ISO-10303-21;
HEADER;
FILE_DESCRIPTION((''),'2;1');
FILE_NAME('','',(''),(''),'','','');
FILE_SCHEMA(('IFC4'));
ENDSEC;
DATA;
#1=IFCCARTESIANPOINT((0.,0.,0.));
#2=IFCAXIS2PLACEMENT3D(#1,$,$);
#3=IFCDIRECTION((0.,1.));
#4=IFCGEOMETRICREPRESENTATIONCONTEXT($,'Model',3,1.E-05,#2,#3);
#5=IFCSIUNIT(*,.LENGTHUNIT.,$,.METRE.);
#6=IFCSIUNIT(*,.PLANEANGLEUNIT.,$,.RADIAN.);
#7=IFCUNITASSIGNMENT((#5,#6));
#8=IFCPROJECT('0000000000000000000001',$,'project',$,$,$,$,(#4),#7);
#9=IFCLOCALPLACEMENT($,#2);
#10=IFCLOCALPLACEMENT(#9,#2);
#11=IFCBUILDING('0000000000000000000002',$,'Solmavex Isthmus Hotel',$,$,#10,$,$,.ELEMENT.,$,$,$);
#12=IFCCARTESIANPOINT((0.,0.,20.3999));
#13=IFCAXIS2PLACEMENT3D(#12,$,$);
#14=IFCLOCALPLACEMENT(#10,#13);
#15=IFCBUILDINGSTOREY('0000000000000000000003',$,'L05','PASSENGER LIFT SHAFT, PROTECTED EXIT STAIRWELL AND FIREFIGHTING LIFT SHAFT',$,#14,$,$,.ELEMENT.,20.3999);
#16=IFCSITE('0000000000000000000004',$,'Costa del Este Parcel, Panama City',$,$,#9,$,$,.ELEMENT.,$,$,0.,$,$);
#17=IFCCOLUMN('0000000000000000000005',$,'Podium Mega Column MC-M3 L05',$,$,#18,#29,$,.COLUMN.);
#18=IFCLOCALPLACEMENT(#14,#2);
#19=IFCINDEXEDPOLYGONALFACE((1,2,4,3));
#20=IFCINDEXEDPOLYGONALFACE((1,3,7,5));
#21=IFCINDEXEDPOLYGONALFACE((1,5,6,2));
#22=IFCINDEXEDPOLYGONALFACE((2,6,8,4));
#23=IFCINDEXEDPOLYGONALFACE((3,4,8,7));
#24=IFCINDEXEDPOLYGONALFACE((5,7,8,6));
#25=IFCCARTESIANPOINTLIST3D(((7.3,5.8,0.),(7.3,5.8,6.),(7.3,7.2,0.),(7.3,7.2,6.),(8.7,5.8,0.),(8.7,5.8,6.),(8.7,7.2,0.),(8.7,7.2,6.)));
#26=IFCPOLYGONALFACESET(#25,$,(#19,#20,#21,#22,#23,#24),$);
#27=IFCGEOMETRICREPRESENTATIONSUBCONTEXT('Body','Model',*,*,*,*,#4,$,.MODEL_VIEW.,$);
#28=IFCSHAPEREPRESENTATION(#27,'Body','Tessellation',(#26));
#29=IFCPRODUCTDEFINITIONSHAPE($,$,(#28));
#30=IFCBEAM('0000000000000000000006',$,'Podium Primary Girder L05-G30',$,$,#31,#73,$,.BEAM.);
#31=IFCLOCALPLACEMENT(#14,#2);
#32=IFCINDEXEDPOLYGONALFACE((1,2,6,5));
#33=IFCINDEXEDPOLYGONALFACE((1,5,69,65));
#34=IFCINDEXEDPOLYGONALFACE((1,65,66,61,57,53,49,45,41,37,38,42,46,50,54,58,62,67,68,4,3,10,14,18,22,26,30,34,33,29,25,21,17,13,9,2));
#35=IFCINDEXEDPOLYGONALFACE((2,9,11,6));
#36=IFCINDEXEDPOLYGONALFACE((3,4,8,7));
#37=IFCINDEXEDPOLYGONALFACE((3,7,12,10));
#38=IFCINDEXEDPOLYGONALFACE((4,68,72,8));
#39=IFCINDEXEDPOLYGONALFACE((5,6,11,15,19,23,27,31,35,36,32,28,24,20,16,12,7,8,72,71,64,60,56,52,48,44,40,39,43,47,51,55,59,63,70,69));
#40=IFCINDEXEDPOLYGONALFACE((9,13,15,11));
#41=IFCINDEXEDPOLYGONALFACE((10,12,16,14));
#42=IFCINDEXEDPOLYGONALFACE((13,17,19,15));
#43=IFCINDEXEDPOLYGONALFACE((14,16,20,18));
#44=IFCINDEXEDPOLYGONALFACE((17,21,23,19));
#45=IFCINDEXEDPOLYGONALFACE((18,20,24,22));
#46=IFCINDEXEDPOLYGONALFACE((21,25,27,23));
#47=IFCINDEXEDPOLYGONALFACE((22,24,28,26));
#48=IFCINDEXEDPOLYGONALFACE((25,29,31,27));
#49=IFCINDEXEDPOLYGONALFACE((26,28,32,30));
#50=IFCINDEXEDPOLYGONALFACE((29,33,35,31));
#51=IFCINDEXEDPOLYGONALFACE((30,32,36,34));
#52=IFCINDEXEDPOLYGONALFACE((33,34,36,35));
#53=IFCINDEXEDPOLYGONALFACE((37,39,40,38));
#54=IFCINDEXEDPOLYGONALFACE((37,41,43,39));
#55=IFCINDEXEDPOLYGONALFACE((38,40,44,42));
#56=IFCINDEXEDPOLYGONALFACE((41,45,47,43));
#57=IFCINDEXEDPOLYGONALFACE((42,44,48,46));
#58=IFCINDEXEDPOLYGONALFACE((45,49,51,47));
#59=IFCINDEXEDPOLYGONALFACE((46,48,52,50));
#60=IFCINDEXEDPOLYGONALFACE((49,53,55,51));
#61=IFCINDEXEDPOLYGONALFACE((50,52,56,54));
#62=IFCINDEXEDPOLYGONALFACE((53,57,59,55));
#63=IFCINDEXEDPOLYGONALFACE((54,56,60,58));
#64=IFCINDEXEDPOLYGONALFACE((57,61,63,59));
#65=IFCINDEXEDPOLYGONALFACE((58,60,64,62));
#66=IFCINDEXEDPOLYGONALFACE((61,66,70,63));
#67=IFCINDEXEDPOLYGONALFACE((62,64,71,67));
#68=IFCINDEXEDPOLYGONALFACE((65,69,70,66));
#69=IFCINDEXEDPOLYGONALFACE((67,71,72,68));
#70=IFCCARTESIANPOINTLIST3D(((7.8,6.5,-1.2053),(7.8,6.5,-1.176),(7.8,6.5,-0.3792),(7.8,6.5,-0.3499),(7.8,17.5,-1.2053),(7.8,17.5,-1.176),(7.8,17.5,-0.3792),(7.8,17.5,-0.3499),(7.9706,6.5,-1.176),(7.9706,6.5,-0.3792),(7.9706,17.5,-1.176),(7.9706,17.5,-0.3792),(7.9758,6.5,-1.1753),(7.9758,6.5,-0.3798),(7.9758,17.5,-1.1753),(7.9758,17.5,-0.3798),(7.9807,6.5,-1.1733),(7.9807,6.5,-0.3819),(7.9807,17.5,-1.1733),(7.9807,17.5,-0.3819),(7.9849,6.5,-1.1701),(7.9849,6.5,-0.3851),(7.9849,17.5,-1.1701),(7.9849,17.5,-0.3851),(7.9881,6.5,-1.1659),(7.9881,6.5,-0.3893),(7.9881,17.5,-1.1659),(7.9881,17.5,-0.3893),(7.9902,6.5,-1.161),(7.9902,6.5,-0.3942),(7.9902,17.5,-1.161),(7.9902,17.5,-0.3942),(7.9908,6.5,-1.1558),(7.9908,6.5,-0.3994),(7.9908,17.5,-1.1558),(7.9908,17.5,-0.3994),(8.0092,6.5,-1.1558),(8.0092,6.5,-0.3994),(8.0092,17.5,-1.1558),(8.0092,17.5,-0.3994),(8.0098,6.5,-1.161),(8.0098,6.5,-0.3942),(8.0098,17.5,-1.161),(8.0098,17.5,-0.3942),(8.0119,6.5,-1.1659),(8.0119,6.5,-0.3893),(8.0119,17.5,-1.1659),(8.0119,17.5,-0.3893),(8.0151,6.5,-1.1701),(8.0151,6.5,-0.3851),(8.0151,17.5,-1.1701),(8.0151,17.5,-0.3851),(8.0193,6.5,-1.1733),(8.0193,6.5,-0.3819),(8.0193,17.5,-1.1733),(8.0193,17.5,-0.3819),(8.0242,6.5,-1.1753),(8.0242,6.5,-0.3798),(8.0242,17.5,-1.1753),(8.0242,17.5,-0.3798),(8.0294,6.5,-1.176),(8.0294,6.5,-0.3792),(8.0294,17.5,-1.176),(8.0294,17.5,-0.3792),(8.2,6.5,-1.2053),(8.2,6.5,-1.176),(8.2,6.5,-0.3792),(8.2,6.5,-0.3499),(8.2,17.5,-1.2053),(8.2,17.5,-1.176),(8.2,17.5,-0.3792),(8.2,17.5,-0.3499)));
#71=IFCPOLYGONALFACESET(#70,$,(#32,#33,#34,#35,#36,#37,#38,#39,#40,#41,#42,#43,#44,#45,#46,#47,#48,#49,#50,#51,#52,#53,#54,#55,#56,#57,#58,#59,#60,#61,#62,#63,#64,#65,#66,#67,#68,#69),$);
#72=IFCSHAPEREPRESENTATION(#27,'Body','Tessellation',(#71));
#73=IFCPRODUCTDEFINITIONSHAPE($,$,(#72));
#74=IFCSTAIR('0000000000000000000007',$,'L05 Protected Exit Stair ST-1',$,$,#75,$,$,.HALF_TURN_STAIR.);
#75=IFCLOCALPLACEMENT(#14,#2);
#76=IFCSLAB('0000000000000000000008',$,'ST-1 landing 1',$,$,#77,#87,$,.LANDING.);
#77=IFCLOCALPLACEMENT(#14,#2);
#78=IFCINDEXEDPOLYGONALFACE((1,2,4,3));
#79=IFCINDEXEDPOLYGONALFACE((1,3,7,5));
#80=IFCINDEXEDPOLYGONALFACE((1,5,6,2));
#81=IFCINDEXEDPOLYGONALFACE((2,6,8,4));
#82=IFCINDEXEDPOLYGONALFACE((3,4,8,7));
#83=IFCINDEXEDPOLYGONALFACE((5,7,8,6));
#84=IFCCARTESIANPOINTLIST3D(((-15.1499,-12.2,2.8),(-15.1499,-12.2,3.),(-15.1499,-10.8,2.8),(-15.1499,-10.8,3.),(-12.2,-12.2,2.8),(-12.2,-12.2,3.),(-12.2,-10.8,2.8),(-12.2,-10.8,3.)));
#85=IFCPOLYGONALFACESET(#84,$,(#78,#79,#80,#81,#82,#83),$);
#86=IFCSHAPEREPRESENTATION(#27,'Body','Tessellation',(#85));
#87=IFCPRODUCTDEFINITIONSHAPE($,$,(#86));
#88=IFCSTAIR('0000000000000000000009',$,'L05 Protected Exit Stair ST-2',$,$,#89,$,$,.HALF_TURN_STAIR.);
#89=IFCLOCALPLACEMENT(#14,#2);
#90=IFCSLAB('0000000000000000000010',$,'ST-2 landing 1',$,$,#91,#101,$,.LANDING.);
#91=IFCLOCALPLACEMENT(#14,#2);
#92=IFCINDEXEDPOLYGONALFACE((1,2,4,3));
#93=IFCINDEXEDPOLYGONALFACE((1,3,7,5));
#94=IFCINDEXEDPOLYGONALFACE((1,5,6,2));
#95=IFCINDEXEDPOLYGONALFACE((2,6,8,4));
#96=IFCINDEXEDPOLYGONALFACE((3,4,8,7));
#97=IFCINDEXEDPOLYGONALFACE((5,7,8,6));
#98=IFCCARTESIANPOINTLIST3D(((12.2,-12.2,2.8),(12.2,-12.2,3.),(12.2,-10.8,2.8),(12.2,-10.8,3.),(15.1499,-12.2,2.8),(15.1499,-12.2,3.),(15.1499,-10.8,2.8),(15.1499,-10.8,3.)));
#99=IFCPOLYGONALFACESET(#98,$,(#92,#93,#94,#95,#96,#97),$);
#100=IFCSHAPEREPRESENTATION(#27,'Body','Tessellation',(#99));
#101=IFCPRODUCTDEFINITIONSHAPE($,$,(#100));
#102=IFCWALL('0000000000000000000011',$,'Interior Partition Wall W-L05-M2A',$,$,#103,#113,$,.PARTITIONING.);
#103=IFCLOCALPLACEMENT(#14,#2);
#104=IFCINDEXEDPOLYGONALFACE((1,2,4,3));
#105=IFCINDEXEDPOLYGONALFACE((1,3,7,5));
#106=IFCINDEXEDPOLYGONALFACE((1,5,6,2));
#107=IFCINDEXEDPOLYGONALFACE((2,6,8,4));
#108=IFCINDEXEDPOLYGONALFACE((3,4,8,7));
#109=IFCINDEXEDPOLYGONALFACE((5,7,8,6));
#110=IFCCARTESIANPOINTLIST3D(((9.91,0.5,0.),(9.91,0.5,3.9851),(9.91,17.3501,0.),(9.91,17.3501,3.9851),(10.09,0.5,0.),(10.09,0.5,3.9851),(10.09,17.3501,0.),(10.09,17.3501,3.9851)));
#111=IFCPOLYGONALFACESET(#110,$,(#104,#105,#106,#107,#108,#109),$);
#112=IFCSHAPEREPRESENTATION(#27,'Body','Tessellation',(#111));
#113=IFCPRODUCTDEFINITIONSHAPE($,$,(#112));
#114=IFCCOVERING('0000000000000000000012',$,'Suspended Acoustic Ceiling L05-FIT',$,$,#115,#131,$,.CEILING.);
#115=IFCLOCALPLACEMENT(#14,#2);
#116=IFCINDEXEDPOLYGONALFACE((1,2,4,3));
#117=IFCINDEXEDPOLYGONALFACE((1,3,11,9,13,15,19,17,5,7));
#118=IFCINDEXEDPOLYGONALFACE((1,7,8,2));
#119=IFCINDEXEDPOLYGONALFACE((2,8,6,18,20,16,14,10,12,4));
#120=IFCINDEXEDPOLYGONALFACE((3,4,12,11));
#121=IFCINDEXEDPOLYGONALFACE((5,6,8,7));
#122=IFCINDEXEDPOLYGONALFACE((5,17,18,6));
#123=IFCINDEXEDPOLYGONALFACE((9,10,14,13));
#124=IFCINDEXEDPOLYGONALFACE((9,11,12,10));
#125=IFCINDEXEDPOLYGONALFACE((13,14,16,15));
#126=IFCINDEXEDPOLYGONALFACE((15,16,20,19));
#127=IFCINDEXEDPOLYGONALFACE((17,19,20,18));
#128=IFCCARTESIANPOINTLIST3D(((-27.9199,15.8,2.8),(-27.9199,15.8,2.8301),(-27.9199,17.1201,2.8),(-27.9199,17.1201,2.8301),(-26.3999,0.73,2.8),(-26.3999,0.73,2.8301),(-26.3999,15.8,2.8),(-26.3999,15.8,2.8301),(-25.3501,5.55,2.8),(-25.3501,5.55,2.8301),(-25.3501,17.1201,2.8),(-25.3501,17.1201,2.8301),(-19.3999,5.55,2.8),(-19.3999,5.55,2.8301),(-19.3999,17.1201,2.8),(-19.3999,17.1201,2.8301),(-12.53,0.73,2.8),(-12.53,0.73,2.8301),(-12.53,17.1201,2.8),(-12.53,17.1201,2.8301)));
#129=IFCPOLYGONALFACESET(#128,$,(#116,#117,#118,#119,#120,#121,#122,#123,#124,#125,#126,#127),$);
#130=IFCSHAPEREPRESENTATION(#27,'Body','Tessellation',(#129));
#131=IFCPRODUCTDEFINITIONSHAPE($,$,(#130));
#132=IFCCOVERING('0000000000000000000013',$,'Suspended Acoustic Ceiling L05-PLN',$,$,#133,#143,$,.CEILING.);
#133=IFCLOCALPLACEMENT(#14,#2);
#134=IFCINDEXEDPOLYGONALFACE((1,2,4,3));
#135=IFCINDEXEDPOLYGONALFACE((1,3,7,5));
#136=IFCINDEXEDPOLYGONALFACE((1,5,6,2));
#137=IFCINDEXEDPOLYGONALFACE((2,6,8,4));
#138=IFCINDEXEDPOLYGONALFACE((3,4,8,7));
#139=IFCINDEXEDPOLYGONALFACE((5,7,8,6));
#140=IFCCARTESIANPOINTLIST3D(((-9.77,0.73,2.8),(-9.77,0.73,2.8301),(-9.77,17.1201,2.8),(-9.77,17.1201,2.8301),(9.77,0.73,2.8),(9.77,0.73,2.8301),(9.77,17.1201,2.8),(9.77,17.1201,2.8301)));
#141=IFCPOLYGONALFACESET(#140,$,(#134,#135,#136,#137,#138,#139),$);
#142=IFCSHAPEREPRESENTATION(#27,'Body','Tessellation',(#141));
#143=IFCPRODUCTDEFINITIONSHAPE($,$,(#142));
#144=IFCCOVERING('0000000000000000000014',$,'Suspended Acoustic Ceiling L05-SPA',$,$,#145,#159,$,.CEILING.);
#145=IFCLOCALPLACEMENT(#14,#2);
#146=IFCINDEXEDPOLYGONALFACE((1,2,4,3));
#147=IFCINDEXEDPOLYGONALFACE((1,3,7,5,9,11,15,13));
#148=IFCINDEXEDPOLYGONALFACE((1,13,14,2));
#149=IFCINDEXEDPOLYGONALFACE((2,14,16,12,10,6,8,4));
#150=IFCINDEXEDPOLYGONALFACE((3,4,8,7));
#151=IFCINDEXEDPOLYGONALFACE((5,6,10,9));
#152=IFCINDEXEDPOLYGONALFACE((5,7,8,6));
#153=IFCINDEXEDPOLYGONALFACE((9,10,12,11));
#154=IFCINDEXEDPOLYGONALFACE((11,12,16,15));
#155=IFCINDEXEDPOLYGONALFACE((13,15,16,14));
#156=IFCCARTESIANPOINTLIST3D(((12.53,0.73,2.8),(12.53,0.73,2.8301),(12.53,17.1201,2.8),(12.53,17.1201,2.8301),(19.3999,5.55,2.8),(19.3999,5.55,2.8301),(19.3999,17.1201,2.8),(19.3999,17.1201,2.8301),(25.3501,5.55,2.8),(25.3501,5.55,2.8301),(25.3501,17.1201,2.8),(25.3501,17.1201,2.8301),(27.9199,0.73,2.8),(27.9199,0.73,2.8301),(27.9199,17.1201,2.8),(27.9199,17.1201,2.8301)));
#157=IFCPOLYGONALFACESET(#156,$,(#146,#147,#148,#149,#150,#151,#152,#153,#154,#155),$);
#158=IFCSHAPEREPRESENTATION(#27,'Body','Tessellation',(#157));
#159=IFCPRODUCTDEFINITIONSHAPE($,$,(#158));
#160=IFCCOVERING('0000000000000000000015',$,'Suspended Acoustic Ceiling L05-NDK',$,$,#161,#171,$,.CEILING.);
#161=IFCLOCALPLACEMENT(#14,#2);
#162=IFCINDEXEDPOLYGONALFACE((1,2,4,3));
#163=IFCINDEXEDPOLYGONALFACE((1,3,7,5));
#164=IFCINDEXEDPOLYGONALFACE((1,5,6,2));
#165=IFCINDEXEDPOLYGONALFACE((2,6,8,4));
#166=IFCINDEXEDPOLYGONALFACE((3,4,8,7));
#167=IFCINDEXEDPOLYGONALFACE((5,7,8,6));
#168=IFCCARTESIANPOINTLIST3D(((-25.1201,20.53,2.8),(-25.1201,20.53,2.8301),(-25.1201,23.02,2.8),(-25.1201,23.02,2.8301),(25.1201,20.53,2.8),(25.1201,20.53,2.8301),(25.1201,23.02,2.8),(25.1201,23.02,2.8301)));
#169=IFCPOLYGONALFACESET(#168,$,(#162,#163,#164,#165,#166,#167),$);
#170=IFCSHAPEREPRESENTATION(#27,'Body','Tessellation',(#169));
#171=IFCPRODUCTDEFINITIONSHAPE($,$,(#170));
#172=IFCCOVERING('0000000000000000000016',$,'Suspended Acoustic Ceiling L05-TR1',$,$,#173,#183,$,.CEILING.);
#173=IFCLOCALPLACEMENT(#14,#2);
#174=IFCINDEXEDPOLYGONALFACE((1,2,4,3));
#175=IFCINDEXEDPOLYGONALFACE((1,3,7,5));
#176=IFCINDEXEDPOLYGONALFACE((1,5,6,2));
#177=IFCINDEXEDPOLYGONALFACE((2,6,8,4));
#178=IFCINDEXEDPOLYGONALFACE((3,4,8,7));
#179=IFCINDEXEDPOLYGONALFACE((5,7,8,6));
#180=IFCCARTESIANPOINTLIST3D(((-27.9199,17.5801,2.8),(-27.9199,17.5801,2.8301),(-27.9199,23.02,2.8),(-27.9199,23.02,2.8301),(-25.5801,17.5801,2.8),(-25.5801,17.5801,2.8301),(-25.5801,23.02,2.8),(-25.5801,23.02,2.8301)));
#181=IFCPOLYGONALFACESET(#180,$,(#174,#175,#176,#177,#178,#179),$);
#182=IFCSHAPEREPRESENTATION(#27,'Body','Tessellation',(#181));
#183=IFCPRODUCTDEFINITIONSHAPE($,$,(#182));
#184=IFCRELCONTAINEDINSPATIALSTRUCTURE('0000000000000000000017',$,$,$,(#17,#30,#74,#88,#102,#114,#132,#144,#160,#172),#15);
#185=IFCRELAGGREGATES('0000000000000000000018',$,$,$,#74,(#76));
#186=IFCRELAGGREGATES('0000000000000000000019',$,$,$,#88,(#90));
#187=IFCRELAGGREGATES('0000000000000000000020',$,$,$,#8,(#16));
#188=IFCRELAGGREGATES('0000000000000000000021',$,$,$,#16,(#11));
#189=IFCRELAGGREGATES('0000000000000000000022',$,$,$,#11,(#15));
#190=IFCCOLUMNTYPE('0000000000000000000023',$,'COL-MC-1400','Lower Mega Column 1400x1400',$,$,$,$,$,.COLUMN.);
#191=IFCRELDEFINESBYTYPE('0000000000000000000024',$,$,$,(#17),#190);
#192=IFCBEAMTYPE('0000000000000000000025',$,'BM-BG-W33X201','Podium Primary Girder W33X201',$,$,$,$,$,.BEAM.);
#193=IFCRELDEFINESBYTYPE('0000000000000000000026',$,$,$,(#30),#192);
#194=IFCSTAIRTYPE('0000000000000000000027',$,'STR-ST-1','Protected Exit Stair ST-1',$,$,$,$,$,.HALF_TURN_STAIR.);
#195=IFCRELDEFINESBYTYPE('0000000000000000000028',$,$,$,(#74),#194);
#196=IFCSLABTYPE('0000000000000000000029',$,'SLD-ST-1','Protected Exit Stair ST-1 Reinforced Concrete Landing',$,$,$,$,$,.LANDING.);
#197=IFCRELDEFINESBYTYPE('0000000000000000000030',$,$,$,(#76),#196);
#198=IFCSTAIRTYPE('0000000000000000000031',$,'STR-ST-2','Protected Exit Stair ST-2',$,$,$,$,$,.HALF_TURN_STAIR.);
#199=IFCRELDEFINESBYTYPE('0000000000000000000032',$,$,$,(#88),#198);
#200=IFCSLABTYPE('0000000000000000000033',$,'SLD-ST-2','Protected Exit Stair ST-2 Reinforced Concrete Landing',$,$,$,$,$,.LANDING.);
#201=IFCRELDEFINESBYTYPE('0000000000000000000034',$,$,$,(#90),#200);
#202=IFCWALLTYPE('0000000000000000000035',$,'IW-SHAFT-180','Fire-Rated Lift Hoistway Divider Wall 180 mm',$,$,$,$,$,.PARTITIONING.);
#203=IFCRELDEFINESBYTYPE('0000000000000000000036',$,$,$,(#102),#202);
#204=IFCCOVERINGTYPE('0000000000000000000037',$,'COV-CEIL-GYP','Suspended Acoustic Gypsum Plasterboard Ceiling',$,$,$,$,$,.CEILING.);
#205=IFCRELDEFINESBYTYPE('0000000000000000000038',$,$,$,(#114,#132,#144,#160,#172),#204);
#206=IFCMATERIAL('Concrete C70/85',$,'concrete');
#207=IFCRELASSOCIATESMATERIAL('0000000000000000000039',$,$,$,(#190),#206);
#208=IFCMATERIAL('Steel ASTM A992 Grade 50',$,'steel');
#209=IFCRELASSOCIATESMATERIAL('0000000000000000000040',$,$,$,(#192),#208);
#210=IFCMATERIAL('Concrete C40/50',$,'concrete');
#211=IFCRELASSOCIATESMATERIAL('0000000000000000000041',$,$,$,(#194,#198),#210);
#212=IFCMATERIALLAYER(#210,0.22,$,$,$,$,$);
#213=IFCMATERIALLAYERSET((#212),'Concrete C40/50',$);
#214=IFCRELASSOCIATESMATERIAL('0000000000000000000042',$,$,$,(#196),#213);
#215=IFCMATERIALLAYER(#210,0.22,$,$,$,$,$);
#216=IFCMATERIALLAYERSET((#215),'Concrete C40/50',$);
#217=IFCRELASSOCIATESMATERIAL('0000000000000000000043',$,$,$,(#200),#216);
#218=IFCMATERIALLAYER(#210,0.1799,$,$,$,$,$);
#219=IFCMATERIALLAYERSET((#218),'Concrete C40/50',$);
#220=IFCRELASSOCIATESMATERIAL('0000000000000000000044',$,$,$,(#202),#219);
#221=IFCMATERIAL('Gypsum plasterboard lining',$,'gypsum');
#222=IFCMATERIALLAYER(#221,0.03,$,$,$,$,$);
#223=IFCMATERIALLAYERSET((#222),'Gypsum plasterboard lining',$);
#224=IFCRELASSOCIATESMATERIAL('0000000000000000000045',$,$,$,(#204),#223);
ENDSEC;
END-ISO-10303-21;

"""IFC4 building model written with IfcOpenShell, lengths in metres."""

from ifc_helpers import new_model, si_unit, direction, frame, frame_2d, origin, origin_2d, place, context, subcontext, project, spatial, polyline, rectangle, i_section, outline, extrude, material, layer, layer_set, material_profile, profile_set, type_object, element, aggregate, save


model = new_model("IFC4")

# Units and contexts
model_context = context("Model", 3, precision=1e-05, world=origin(), true_north=direction((0.0, 1.0)))
body_context = subcontext(model_context, "Body", "Model", "MODEL_VIEW")
ifc_project = project(units=[si_unit("LENGTHUNIT", "METRE"), si_unit("PLANEANGLEUNIT", "RADIAN")], contexts=[model_context])

# Site, building, storey
site_placement = place(None, origin())
site = spatial("IfcSite", under=ifc_project, at=site_placement, Name="Costa del Este Parcel, Panama City", CompositionType="ELEMENT", RefElevation=0.0)
building_placement = place(site_placement, origin())
building = spatial("IfcBuilding", under=site, at=building_placement, Name="Solmavex Isthmus Hotel", CompositionType="ELEMENT")
storey_placement = place(building_placement, frame((0.0, 0.0, 20.3999)))
storey = spatial("IfcBuildingStorey", under=building, at=storey_placement, Name="L05", Description="PASSENGER LIFT SHAFT, PROTECTED EXIT STAIRWELL AND FIREFIGHTING LIFT SHAFT", CompositionType="ELEMENT", Elevation=20.3999)

# Column
ifc_material_1 = material(Name="Concrete C70/85", Category="concrete")
ifc_material_profile_1 = material_profile(ifc_material_1, rectangle(XDim=1.3999, YDim=1.3999, at=origin_2d()), Name="RC1400X1400")
ifc_profile_set_1 = profile_set([ifc_material_profile_1], Name="Concrete C70/85")
column_type = type_object("IfcColumnType", Name="COL-MC-1400", Description="Lower Mega Column 1400x1400", PredefinedType="COLUMN", material=ifc_profile_set_1)
column_placement = place(storey_placement, frame((8.0, 6.5, 0.0), z_axis=(0.0, 0.0, 1.0), x_axis=(1.0, 0.0, 0.0)))
element("IfcColumn", 1, at=column_placement, inside=storey, type_object=column_type, Name="Podium Mega Column MC-M3 L05", PredefinedType="COLUMN", context=body_context, shape_type="SweptSolid", body=[
    extrude(rectangle(XDim=1.3999, YDim=1.3999, at=origin_2d()), origin(), (0.0, 0.0, 1.0), 6.0),
])

# Beam
ifc_material_2 = material(Name="Steel ASTM A992 Grade 50", Category="steel")
ifc_material_profile_2 = material_profile(ifc_material_2, i_section(OverallWidth=0.3999, OverallDepth=0.8555, WebThickness=0.0183, FlangeThickness=0.0293, FilletRadius=0.0203, at=origin_2d()), Name="W33X201")
ifc_profile_set_2 = profile_set([ifc_material_profile_2], Name="Steel ASTM A992 Grade 50")
beam_type = type_object("IfcBeamType", Name="BM-BG-W33X201", Description="Podium Primary Girder W33X201", PredefinedType="BEAM", material=ifc_profile_set_2)
beam_placement = place(storey_placement, frame((8.0, 6.5, -0.7776), z_axis=(0.0, 1.0, 0.0), x_axis=(-1.0, 0.0, 0.0)))
element("IfcBeam", 2, at=beam_placement, inside=storey, type_object=beam_type, Name="Podium Primary Girder L05-G30", PredefinedType="BEAM", context=body_context, shape_type="SweptSolid", body=[
    extrude(i_section(OverallWidth=0.3999, OverallDepth=0.8555, WebThickness=0.0183, FlangeThickness=0.0293, FilletRadius=0.0203, at=origin_2d()), origin(), (0.0, 0.0, 1.0), 11.0),
])

# Shared definitions
ifc_material_3 = material(Name="Concrete C40/50", Category="concrete")

# Stairs, slabs
stair_type_1 = type_object("IfcStairType", Name="STR-ST-1", Description="Protected Exit Stair ST-1", PredefinedType="HALF_TURN_STAIR", material=ifc_material_3)
stair_1_placement = place(storey_placement, origin())
stair_1 = element("IfcStair", 3, at=stair_1_placement, inside=storey, type_object=stair_type_1, Name="L05 Protected Exit Stair ST-1", PredefinedType="HALF_TURN_STAIR")
ifc_layer_1 = layer(ifc_material_3, 0.22)
ifc_layer_set_1 = layer_set([ifc_layer_1], Name="Concrete C40/50")
slab_type_1 = type_object("IfcSlabType", Name="SLD-ST-1", Description="Protected Exit Stair ST-1 Reinforced Concrete Landing", PredefinedType="LANDING", material=ifc_layer_set_1)
slab_1_placement = place(storey_placement, frame((0.0, 0.0, 2.8)))
slab_1 = element("IfcSlab", 4, at=slab_1_placement, type_object=slab_type_1, Name="ST-1 landing 1", PredefinedType="LANDING", context=body_context, shape_type="SweptSolid", body=[
    extrude(outline(polyline([(-15.1499, -10.8), (-15.1499, -12.2), (-12.2, -12.2), (-12.2, -10.8), (-15.1499, -10.8)])), origin(), (0.0, 0.0, 1.0), 0.2),
])
aggregate(stair_1, [slab_1])
stair_type_2 = type_object("IfcStairType", Name="STR-ST-2", Description="Protected Exit Stair ST-2", PredefinedType="HALF_TURN_STAIR", material=ifc_material_3)
stair_2_placement = place(storey_placement, origin())
stair_2 = element("IfcStair", 5, at=stair_2_placement, inside=storey, type_object=stair_type_2, Name="L05 Protected Exit Stair ST-2", PredefinedType="HALF_TURN_STAIR")
ifc_layer_2 = layer(ifc_material_3, 0.22)
ifc_layer_set_2 = layer_set([ifc_layer_2], Name="Concrete C40/50")
slab_type_2 = type_object("IfcSlabType", Name="SLD-ST-2", Description="Protected Exit Stair ST-2 Reinforced Concrete Landing", PredefinedType="LANDING", material=ifc_layer_set_2)
slab_2_placement = place(storey_placement, frame((0.0, 0.0, 2.8)))
slab_2 = element("IfcSlab", 6, at=slab_2_placement, type_object=slab_type_2, Name="ST-2 landing 1", PredefinedType="LANDING", context=body_context, shape_type="SweptSolid", body=[
    extrude(outline(polyline([(12.2, -10.8), (12.2, -12.2), (15.1499, -12.2), (15.1499, -10.8), (12.2, -10.8)])), origin(), (0.0, 0.0, 1.0), 0.2),
])
aggregate(stair_2, [slab_2])

# Wall
ifc_layer_3 = layer(ifc_material_3, 0.1799)
ifc_layer_set_3 = layer_set([ifc_layer_3], Name="Concrete C40/50")
wall_type = type_object("IfcWallType", Name="IW-SHAFT-180", Description="Fire-Rated Lift Hoistway Divider Wall 180 mm", PredefinedType="PARTITIONING", material=ifc_layer_set_3)
wall_placement = place(storey_placement, frame((10.0, 0.5, 0.0), z_axis=(0.0, 0.0, 1.0), x_axis=(0.0, 1.0, 0.0)))
element("IfcWall", 7, at=wall_placement, inside=storey, type_object=wall_type, Name="Interior Partition Wall W-L05-M2A", PredefinedType="PARTITIONING", context=body_context, shape_type="SweptSolid", body=[
    extrude(rectangle(XDim=16.8501, YDim=0.1799, at=frame_2d((8.425, 0.0))), origin(), (0.0, 0.0, 1.0), 3.9851),
])

# Coverings
ifc_material_4 = material(Name="Gypsum plasterboard lining", Category="gypsum")
ifc_layer_4 = layer(ifc_material_4, 0.03)
ifc_layer_set_4 = layer_set([ifc_layer_4], Name="Gypsum plasterboard lining")
covering_type_1 = type_object("IfcCoveringType", Name="COV-CEIL-GYP", Description="Suspended Acoustic Gypsum Plasterboard Ceiling", PredefinedType="CEILING", material=ifc_layer_set_4)
covering_1_placement = place(storey_placement, frame((0.0, 0.0, 2.8)))
element("IfcCovering", 8, at=covering_1_placement, inside=storey, type_object=covering_type_1, Name="Suspended Acoustic Ceiling L05-FIT", PredefinedType="CEILING", context=body_context, shape_type="SweptSolid", body=[
    extrude(outline(polyline([(-19.3999, 17.1201), (-19.3999, 5.55), (-25.3501, 5.55), (-25.3501, 17.1201), (-27.9199, 17.1201), (-27.9199, 15.8), (-26.3999, 15.8), (-26.3999, 0.73), (-12.53, 0.73), (-12.53, 17.1201), (-19.3999, 17.1201)])), origin(), (0.0, 0.0, 1.0), 0.03),
])
covering_2_placement = place(storey_placement, frame((0.0, 0.0, 2.8)))
element("IfcCovering", 9, at=covering_2_placement, inside=storey, type_object=covering_type_1, Name="Suspended Acoustic Ceiling L05-PLN", PredefinedType="CEILING", context=body_context, shape_type="SweptSolid", body=[
    extrude(outline(polyline([(9.77, 0.73), (9.77, 17.1201), (-9.77, 17.1201), (-9.77, 0.73), (9.77, 0.73)])), origin(), (0.0, 0.0, 1.0), 0.03),
])
covering_3_placement = place(storey_placement, frame((0.0, 0.0, 2.8)))
element("IfcCovering", 10, at=covering_3_placement, inside=storey, type_object=covering_type_1, Name="Suspended Acoustic Ceiling L05-SPA", PredefinedType="CEILING", context=body_context, shape_type="SweptSolid", body=[
    extrude(outline(polyline([(25.3501, 17.1201), (25.3501, 5.55), (19.3999, 5.55), (19.3999, 17.1201), (12.53, 17.1201), (12.53, 0.73), (27.9199, 0.73), (27.9199, 17.1201), (25.3501, 17.1201)])), origin(), (0.0, 0.0, 1.0), 0.03),
])
covering_4_placement = place(storey_placement, frame((0.0, 0.0, 2.8)))
element("IfcCovering", 11, at=covering_4_placement, inside=storey, type_object=covering_type_1, Name="Suspended Acoustic Ceiling L05-NDK", PredefinedType="CEILING", context=body_context, shape_type="SweptSolid", body=[
    extrude(outline(polyline([(25.1201, 20.53), (25.1201, 23.02), (-25.1201, 23.02), (-25.1201, 20.53), (25.1201, 20.53)])), origin(), (0.0, 0.0, 1.0), 0.03),
])
covering_5_placement = place(storey_placement, frame((0.0, 0.0, 2.8)))
element("IfcCovering", 12, at=covering_5_placement, inside=storey, type_object=covering_type_1, Name="Suspended Acoustic Ceiling L05-TR1", PredefinedType="CEILING", context=body_context, shape_type="SweptSolid", body=[
    extrude(outline(polyline([(-25.5801, 17.5801), (-25.5801, 23.02), (-27.9199, 23.02), (-27.9199, 17.5801), (-25.5801, 17.5801)])), origin(), (0.0, 0.0, 1.0), 0.03),
])

save(model, "model.ifc")
